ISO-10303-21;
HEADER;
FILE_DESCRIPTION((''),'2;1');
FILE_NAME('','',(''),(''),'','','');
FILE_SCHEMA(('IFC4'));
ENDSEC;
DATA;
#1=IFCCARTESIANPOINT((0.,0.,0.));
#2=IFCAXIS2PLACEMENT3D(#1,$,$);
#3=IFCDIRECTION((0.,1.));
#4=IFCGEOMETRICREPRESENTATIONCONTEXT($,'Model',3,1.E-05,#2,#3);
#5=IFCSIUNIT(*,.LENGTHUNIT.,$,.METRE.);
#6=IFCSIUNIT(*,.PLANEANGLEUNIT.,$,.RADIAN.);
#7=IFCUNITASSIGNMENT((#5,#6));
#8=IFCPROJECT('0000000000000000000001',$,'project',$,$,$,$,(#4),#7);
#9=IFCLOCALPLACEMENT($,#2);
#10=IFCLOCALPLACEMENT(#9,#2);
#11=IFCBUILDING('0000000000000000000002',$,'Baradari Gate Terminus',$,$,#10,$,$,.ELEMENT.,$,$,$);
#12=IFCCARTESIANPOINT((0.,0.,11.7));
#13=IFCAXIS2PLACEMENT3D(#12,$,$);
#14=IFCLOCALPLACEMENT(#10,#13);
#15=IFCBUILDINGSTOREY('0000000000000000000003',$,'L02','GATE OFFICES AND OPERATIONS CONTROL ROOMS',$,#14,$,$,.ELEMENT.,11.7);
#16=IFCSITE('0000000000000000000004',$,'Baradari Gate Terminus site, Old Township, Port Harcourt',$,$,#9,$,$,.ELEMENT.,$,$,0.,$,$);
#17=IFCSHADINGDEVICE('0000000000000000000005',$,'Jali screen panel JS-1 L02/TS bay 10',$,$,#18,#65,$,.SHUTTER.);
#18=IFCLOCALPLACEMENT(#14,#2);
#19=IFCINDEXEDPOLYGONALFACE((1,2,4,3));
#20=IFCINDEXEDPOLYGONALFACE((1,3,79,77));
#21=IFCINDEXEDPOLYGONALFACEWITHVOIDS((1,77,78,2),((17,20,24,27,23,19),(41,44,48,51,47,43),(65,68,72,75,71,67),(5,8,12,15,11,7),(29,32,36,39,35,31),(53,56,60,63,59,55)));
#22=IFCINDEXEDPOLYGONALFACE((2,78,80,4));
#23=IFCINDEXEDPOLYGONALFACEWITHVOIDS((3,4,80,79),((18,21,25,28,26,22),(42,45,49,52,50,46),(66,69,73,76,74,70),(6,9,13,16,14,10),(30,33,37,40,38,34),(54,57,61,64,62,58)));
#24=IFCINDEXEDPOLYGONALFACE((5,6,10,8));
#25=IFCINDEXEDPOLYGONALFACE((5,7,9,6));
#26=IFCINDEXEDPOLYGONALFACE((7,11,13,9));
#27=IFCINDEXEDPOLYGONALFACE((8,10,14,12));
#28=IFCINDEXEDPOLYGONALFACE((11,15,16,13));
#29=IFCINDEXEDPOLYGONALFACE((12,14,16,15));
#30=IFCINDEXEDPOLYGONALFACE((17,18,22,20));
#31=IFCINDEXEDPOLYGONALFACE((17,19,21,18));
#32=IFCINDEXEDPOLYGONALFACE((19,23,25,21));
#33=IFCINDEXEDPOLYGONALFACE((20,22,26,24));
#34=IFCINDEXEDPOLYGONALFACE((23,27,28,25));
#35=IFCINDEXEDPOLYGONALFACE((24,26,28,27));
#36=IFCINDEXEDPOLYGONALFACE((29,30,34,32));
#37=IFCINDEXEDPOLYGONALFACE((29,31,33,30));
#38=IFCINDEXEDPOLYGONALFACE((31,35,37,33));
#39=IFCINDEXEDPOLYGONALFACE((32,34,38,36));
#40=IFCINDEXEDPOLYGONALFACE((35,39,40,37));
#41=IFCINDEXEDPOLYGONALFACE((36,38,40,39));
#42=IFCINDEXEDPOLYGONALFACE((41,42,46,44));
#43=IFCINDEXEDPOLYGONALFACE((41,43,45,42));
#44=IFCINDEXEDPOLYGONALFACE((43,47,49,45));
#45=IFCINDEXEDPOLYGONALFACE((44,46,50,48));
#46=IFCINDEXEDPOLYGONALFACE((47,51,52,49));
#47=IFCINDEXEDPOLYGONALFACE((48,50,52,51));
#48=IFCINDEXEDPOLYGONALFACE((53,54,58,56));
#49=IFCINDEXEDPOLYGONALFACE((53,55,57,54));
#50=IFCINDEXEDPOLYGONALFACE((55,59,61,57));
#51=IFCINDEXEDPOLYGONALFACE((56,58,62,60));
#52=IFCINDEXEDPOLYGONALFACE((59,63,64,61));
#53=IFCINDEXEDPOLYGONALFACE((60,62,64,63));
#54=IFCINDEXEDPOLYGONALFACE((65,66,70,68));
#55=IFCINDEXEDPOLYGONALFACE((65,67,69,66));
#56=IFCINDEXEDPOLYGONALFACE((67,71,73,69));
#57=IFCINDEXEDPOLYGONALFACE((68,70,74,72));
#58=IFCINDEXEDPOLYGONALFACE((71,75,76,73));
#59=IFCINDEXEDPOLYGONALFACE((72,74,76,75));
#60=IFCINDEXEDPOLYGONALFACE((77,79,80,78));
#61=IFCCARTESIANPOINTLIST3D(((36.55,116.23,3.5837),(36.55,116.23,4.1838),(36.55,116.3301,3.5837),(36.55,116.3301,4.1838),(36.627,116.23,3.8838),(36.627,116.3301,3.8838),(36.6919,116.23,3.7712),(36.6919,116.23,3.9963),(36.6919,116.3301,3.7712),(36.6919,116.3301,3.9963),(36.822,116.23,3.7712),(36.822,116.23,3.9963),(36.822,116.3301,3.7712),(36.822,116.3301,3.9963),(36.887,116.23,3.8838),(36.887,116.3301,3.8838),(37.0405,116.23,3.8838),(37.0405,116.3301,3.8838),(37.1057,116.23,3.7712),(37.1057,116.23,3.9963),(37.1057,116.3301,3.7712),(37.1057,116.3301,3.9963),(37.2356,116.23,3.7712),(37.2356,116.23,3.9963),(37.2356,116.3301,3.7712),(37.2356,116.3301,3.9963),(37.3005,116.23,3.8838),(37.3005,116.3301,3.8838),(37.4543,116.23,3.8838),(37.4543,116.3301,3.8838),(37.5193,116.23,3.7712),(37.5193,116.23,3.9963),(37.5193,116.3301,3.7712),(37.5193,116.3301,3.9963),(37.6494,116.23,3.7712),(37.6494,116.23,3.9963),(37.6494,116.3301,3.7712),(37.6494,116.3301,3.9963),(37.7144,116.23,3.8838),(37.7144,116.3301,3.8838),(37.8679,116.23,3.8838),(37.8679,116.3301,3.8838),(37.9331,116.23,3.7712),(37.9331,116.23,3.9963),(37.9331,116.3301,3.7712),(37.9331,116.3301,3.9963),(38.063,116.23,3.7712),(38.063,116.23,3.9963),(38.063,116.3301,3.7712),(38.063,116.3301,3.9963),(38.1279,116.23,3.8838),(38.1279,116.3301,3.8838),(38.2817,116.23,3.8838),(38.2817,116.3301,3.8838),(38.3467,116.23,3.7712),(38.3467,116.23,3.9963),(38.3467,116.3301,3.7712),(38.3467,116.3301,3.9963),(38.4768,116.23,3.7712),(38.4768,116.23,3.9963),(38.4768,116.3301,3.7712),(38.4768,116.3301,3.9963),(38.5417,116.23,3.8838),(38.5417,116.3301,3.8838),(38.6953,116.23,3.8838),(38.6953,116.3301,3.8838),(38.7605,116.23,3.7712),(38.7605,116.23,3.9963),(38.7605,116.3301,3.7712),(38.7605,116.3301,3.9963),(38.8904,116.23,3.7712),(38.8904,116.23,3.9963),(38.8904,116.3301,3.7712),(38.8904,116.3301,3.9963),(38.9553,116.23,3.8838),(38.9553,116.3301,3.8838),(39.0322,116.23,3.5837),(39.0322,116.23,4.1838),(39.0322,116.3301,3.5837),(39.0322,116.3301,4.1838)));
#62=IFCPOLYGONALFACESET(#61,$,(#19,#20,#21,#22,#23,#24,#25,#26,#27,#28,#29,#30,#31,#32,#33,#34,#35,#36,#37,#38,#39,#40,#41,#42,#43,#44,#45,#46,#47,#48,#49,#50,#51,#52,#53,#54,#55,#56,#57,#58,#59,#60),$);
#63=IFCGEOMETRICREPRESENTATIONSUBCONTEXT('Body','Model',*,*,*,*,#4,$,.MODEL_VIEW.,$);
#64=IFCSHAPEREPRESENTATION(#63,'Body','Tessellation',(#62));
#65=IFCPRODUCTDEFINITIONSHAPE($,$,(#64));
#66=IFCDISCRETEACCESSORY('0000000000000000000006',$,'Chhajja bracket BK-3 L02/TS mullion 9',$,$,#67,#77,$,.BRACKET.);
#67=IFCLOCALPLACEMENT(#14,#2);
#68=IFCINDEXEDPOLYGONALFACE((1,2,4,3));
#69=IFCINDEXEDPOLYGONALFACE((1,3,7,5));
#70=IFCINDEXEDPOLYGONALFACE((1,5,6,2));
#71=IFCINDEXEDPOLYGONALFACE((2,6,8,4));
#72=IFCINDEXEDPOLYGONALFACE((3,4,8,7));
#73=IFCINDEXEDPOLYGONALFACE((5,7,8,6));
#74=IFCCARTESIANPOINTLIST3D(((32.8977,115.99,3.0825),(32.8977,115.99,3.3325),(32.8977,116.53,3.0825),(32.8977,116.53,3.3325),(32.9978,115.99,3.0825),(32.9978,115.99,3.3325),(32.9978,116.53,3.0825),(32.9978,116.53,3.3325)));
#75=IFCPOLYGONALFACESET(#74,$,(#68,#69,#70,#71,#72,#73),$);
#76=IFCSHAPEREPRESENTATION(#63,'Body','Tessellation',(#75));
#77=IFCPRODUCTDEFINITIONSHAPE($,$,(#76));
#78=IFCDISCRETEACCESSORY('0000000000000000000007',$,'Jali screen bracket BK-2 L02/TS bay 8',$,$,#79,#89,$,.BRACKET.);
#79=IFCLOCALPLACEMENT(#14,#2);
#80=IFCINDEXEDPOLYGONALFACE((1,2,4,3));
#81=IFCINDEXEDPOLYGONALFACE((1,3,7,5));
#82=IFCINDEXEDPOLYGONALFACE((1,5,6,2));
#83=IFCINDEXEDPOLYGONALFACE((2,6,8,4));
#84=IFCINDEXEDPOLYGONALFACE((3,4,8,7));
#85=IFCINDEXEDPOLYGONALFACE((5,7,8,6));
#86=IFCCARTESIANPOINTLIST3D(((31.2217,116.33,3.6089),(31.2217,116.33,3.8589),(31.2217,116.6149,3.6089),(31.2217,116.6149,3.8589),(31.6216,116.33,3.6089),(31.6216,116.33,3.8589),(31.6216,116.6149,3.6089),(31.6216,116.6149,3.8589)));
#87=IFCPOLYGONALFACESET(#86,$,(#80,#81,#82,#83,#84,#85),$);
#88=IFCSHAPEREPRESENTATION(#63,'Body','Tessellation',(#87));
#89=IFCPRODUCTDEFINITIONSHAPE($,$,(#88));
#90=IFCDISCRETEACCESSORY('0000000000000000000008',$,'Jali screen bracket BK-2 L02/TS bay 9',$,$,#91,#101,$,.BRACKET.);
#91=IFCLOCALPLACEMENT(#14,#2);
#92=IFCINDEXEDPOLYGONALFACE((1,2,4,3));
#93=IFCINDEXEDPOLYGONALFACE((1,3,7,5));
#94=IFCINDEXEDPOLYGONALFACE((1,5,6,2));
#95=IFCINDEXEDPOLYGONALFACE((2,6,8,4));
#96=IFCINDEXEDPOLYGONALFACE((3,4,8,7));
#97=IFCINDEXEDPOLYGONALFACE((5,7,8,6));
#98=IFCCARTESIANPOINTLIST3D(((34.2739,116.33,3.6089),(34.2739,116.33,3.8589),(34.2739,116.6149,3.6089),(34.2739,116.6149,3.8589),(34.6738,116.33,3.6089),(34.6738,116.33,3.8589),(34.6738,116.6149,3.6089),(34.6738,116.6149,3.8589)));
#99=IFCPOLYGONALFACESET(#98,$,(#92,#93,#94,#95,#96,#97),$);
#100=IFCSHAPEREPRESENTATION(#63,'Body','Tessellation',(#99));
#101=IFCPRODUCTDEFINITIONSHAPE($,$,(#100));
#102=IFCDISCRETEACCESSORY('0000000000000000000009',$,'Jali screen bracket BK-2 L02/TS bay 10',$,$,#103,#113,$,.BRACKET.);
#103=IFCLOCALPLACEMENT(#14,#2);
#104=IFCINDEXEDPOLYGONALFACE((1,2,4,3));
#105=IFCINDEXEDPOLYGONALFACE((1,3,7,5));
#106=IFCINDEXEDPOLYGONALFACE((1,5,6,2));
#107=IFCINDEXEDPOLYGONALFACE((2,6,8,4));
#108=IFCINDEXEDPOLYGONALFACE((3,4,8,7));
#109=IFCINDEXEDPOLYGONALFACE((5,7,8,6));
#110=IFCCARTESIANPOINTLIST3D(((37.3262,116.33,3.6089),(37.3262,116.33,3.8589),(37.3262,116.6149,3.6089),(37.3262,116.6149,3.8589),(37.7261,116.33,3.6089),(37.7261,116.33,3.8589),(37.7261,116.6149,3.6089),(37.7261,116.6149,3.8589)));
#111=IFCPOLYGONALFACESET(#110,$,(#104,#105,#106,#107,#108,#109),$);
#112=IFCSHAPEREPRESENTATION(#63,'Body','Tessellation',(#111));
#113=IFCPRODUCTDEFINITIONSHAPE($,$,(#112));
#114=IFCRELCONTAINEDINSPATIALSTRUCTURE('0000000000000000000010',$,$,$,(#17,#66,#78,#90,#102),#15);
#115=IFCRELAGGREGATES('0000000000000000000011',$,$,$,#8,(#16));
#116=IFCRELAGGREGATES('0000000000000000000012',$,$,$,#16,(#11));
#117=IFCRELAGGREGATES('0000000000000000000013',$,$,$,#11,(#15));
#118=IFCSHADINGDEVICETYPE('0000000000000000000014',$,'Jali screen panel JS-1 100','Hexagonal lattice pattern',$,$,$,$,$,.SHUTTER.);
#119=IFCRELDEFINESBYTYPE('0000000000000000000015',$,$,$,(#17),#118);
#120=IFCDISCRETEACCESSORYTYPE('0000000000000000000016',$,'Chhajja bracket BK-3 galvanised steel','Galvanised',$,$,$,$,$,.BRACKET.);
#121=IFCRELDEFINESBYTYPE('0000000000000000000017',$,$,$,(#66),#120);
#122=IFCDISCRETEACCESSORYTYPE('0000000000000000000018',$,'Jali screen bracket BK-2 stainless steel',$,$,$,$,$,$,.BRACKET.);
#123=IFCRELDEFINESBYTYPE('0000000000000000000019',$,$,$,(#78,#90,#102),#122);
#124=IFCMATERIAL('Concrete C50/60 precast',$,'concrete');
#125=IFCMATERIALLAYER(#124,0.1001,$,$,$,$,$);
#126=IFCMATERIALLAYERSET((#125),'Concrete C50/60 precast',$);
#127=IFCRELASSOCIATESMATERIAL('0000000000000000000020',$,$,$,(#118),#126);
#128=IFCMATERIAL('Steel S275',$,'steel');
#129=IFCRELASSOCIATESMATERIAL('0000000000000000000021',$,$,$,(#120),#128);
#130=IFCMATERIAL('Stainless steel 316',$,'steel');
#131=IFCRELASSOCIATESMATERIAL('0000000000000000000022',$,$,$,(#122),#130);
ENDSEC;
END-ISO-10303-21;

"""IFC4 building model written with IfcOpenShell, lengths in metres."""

from ifc_helpers import new_model, si_unit, direction, frame, origin, origin_2d, place, context, subcontext, project, spatial, polyline, rectangle, outline, extrude, material, layer, layer_set, type_object, element, save


model = new_model("IFC4")

# Units and contexts
model_context = context("Model", 3, precision=1e-05, world=origin(), true_north=direction((0.0, 1.0)))
body_context = subcontext(model_context, "Body", "Model", "MODEL_VIEW")
ifc_project = project(units=[si_unit("LENGTHUNIT", "METRE"), si_unit("PLANEANGLEUNIT", "RADIAN")], contexts=[model_context])

# Site, building, storey
site_placement = place(None, origin())
site = spatial("IfcSite", under=ifc_project, at=site_placement, Name="Baradari Gate Terminus site, Old Township, Port Harcourt", CompositionType="ELEMENT", RefElevation=0.0)
building_placement = place(site_placement, origin())
building = spatial("IfcBuilding", under=site, at=building_placement, Name="Baradari Gate Terminus", CompositionType="ELEMENT")
storey_placement = place(building_placement, frame((0.0, 0.0, 11.7)))
storey = spatial("IfcBuildingStorey", under=building, at=storey_placement, Name="L02", Description="GATE OFFICES AND OPERATIONS CONTROL ROOMS", CompositionType="ELEMENT", Elevation=11.7)

# Shading device
ifc_material_1 = material(Name="Concrete C50/60 precast", Category="concrete")
ifc_layer_1 = layer(ifc_material_1, 0.1001)
ifc_layer_set_1 = layer_set([ifc_layer_1], Name="Concrete C50/60 precast")
shading_device_type_1 = type_object("IfcShadingDeviceType", Name="Jali screen panel JS-1 100", Description="Hexagonal lattice pattern", PredefinedType="SHUTTER", material=ifc_layer_set_1)
for number, where, z_axis, x_axis, name in (
    (1, (36.55, 116.28, 3.5837), (0.0, 0.0, 1.0), (1.0, 0.0, 0.0), "Jali screen panel JS-1 L02/TS bay 10"),
):
    element("IfcShadingDevice", number, at=place(storey_placement, frame(where, z_axis=z_axis, x_axis=x_axis)), inside=storey, type_object=shading_device_type_1, Name=name, PredefinedType="SHUTTER", context=body_context, shape_type="SweptSolid", body=[
        extrude(outline(polyline([(0.0, 0.0), (2.4822, 0.0), (2.4822, 0.6001), (0.0, 0.6001), (0.0, 0.0)]), holes=[polyline([(0.3369, 0.3), (0.272, 0.1875), (0.1418, 0.1875), (0.0769, 0.3), (0.1418, 0.4126), (0.272, 0.4126), (0.3369, 0.3)]), polyline([(0.7505, 0.3), (0.6855, 0.1875), (0.5557, 0.1875), (0.4905, 0.3), (0.5557, 0.4126), (0.6855, 0.4126), (0.7505, 0.3)]), polyline([(1.1643, 0.3), (1.0994, 0.1875), (0.9692, 0.1875), (0.9043, 0.3), (0.9692, 0.4126), (1.0994, 0.4126), (1.1643, 0.3)]), polyline([(1.5779, 0.3), (1.5129, 0.1875), (1.3831, 0.1875), (1.3179, 0.3), (1.3831, 0.4126), (1.5129, 0.4126), (1.5779, 0.3)]), polyline([(1.9917, 0.3), (1.9268, 0.1875), (1.7966, 0.1875), (1.7317, 0.3), (1.7966, 0.4126), (1.9268, 0.4126), (1.9917, 0.3)]), polyline([(2.4053, 0.3), (2.3403, 0.1875), (2.2104, 0.1875), (2.1453, 0.3), (2.2104, 0.4126), (2.3403, 0.4126), (2.4053, 0.3)])]), frame((0.0, 0.05, 0.0), z_axis=(0.0, -1.0, 0.0), x_axis=(1.0, 0.0, 0.0)), (0.0, 0.0, 1.0), 0.1001),
    ])

# Discrete accessories
ifc_material_2 = material(Name="Steel S275", Category="steel")
discrete_accessory_type_1 = type_object("IfcDiscreteAccessoryType", Name="Chhajja bracket BK-3 galvanised steel", Description="Galvanised", PredefinedType="BRACKET", material=ifc_material_2)
discrete_accessory_placement = place(storey_placement, frame((32.9478, 116.26, 3.0825), z_axis=(0.0, 0.0, 1.0), x_axis=(0.0, -1.0, 0.0)))
element("IfcDiscreteAccessory", 2, at=discrete_accessory_placement, inside=storey, type_object=discrete_accessory_type_1, Name="Chhajja bracket BK-3 L02/TS mullion 9", PredefinedType="BRACKET", context=body_context, shape_type="SweptSolid", body=[
    extrude(rectangle(XDim=0.54, YDim=0.1001, at=origin_2d()), origin(), (0.0, 0.0, 1.0), 0.25),
])
ifc_material_3 = material(Name="Stainless steel 316", Category="steel")
discrete_accessory_type_2 = type_object("IfcDiscreteAccessoryType", Name="Jali screen bracket BK-2 stainless steel", PredefinedType="BRACKET", material=ifc_material_3)
for number, where, z_axis, x_axis, name in (
    (3, (31.4216, 116.4724, 3.6089), (0.0, 0.0, 1.0), (0.0, -1.0, 0.0), "Jali screen bracket BK-2 L02/TS bay 8"),
    (4, (34.4739, 116.4724, 3.6089), (0.0, 0.0, 1.0), (0.0, -1.0, 0.0), "Jali screen bracket BK-2 L02/TS bay 9"),
    (5, (37.5261, 116.4724, 3.6089), (0.0, 0.0, 1.0), (0.0, -1.0, 0.0), "Jali screen bracket BK-2 L02/TS bay 10"),
):
    element("IfcDiscreteAccessory", number, at=place(storey_placement, frame(where, z_axis=z_axis, x_axis=x_axis)), inside=storey, type_object=discrete_accessory_type_2, Name=name, PredefinedType="BRACKET", context=body_context, shape_type="SweptSolid", body=[
        extrude(rectangle(XDim=0.2849, YDim=0.3999, at=origin_2d()), origin(), (0.0, 0.0, 1.0), 0.25),
    ])

save(model, "model.ifc")
